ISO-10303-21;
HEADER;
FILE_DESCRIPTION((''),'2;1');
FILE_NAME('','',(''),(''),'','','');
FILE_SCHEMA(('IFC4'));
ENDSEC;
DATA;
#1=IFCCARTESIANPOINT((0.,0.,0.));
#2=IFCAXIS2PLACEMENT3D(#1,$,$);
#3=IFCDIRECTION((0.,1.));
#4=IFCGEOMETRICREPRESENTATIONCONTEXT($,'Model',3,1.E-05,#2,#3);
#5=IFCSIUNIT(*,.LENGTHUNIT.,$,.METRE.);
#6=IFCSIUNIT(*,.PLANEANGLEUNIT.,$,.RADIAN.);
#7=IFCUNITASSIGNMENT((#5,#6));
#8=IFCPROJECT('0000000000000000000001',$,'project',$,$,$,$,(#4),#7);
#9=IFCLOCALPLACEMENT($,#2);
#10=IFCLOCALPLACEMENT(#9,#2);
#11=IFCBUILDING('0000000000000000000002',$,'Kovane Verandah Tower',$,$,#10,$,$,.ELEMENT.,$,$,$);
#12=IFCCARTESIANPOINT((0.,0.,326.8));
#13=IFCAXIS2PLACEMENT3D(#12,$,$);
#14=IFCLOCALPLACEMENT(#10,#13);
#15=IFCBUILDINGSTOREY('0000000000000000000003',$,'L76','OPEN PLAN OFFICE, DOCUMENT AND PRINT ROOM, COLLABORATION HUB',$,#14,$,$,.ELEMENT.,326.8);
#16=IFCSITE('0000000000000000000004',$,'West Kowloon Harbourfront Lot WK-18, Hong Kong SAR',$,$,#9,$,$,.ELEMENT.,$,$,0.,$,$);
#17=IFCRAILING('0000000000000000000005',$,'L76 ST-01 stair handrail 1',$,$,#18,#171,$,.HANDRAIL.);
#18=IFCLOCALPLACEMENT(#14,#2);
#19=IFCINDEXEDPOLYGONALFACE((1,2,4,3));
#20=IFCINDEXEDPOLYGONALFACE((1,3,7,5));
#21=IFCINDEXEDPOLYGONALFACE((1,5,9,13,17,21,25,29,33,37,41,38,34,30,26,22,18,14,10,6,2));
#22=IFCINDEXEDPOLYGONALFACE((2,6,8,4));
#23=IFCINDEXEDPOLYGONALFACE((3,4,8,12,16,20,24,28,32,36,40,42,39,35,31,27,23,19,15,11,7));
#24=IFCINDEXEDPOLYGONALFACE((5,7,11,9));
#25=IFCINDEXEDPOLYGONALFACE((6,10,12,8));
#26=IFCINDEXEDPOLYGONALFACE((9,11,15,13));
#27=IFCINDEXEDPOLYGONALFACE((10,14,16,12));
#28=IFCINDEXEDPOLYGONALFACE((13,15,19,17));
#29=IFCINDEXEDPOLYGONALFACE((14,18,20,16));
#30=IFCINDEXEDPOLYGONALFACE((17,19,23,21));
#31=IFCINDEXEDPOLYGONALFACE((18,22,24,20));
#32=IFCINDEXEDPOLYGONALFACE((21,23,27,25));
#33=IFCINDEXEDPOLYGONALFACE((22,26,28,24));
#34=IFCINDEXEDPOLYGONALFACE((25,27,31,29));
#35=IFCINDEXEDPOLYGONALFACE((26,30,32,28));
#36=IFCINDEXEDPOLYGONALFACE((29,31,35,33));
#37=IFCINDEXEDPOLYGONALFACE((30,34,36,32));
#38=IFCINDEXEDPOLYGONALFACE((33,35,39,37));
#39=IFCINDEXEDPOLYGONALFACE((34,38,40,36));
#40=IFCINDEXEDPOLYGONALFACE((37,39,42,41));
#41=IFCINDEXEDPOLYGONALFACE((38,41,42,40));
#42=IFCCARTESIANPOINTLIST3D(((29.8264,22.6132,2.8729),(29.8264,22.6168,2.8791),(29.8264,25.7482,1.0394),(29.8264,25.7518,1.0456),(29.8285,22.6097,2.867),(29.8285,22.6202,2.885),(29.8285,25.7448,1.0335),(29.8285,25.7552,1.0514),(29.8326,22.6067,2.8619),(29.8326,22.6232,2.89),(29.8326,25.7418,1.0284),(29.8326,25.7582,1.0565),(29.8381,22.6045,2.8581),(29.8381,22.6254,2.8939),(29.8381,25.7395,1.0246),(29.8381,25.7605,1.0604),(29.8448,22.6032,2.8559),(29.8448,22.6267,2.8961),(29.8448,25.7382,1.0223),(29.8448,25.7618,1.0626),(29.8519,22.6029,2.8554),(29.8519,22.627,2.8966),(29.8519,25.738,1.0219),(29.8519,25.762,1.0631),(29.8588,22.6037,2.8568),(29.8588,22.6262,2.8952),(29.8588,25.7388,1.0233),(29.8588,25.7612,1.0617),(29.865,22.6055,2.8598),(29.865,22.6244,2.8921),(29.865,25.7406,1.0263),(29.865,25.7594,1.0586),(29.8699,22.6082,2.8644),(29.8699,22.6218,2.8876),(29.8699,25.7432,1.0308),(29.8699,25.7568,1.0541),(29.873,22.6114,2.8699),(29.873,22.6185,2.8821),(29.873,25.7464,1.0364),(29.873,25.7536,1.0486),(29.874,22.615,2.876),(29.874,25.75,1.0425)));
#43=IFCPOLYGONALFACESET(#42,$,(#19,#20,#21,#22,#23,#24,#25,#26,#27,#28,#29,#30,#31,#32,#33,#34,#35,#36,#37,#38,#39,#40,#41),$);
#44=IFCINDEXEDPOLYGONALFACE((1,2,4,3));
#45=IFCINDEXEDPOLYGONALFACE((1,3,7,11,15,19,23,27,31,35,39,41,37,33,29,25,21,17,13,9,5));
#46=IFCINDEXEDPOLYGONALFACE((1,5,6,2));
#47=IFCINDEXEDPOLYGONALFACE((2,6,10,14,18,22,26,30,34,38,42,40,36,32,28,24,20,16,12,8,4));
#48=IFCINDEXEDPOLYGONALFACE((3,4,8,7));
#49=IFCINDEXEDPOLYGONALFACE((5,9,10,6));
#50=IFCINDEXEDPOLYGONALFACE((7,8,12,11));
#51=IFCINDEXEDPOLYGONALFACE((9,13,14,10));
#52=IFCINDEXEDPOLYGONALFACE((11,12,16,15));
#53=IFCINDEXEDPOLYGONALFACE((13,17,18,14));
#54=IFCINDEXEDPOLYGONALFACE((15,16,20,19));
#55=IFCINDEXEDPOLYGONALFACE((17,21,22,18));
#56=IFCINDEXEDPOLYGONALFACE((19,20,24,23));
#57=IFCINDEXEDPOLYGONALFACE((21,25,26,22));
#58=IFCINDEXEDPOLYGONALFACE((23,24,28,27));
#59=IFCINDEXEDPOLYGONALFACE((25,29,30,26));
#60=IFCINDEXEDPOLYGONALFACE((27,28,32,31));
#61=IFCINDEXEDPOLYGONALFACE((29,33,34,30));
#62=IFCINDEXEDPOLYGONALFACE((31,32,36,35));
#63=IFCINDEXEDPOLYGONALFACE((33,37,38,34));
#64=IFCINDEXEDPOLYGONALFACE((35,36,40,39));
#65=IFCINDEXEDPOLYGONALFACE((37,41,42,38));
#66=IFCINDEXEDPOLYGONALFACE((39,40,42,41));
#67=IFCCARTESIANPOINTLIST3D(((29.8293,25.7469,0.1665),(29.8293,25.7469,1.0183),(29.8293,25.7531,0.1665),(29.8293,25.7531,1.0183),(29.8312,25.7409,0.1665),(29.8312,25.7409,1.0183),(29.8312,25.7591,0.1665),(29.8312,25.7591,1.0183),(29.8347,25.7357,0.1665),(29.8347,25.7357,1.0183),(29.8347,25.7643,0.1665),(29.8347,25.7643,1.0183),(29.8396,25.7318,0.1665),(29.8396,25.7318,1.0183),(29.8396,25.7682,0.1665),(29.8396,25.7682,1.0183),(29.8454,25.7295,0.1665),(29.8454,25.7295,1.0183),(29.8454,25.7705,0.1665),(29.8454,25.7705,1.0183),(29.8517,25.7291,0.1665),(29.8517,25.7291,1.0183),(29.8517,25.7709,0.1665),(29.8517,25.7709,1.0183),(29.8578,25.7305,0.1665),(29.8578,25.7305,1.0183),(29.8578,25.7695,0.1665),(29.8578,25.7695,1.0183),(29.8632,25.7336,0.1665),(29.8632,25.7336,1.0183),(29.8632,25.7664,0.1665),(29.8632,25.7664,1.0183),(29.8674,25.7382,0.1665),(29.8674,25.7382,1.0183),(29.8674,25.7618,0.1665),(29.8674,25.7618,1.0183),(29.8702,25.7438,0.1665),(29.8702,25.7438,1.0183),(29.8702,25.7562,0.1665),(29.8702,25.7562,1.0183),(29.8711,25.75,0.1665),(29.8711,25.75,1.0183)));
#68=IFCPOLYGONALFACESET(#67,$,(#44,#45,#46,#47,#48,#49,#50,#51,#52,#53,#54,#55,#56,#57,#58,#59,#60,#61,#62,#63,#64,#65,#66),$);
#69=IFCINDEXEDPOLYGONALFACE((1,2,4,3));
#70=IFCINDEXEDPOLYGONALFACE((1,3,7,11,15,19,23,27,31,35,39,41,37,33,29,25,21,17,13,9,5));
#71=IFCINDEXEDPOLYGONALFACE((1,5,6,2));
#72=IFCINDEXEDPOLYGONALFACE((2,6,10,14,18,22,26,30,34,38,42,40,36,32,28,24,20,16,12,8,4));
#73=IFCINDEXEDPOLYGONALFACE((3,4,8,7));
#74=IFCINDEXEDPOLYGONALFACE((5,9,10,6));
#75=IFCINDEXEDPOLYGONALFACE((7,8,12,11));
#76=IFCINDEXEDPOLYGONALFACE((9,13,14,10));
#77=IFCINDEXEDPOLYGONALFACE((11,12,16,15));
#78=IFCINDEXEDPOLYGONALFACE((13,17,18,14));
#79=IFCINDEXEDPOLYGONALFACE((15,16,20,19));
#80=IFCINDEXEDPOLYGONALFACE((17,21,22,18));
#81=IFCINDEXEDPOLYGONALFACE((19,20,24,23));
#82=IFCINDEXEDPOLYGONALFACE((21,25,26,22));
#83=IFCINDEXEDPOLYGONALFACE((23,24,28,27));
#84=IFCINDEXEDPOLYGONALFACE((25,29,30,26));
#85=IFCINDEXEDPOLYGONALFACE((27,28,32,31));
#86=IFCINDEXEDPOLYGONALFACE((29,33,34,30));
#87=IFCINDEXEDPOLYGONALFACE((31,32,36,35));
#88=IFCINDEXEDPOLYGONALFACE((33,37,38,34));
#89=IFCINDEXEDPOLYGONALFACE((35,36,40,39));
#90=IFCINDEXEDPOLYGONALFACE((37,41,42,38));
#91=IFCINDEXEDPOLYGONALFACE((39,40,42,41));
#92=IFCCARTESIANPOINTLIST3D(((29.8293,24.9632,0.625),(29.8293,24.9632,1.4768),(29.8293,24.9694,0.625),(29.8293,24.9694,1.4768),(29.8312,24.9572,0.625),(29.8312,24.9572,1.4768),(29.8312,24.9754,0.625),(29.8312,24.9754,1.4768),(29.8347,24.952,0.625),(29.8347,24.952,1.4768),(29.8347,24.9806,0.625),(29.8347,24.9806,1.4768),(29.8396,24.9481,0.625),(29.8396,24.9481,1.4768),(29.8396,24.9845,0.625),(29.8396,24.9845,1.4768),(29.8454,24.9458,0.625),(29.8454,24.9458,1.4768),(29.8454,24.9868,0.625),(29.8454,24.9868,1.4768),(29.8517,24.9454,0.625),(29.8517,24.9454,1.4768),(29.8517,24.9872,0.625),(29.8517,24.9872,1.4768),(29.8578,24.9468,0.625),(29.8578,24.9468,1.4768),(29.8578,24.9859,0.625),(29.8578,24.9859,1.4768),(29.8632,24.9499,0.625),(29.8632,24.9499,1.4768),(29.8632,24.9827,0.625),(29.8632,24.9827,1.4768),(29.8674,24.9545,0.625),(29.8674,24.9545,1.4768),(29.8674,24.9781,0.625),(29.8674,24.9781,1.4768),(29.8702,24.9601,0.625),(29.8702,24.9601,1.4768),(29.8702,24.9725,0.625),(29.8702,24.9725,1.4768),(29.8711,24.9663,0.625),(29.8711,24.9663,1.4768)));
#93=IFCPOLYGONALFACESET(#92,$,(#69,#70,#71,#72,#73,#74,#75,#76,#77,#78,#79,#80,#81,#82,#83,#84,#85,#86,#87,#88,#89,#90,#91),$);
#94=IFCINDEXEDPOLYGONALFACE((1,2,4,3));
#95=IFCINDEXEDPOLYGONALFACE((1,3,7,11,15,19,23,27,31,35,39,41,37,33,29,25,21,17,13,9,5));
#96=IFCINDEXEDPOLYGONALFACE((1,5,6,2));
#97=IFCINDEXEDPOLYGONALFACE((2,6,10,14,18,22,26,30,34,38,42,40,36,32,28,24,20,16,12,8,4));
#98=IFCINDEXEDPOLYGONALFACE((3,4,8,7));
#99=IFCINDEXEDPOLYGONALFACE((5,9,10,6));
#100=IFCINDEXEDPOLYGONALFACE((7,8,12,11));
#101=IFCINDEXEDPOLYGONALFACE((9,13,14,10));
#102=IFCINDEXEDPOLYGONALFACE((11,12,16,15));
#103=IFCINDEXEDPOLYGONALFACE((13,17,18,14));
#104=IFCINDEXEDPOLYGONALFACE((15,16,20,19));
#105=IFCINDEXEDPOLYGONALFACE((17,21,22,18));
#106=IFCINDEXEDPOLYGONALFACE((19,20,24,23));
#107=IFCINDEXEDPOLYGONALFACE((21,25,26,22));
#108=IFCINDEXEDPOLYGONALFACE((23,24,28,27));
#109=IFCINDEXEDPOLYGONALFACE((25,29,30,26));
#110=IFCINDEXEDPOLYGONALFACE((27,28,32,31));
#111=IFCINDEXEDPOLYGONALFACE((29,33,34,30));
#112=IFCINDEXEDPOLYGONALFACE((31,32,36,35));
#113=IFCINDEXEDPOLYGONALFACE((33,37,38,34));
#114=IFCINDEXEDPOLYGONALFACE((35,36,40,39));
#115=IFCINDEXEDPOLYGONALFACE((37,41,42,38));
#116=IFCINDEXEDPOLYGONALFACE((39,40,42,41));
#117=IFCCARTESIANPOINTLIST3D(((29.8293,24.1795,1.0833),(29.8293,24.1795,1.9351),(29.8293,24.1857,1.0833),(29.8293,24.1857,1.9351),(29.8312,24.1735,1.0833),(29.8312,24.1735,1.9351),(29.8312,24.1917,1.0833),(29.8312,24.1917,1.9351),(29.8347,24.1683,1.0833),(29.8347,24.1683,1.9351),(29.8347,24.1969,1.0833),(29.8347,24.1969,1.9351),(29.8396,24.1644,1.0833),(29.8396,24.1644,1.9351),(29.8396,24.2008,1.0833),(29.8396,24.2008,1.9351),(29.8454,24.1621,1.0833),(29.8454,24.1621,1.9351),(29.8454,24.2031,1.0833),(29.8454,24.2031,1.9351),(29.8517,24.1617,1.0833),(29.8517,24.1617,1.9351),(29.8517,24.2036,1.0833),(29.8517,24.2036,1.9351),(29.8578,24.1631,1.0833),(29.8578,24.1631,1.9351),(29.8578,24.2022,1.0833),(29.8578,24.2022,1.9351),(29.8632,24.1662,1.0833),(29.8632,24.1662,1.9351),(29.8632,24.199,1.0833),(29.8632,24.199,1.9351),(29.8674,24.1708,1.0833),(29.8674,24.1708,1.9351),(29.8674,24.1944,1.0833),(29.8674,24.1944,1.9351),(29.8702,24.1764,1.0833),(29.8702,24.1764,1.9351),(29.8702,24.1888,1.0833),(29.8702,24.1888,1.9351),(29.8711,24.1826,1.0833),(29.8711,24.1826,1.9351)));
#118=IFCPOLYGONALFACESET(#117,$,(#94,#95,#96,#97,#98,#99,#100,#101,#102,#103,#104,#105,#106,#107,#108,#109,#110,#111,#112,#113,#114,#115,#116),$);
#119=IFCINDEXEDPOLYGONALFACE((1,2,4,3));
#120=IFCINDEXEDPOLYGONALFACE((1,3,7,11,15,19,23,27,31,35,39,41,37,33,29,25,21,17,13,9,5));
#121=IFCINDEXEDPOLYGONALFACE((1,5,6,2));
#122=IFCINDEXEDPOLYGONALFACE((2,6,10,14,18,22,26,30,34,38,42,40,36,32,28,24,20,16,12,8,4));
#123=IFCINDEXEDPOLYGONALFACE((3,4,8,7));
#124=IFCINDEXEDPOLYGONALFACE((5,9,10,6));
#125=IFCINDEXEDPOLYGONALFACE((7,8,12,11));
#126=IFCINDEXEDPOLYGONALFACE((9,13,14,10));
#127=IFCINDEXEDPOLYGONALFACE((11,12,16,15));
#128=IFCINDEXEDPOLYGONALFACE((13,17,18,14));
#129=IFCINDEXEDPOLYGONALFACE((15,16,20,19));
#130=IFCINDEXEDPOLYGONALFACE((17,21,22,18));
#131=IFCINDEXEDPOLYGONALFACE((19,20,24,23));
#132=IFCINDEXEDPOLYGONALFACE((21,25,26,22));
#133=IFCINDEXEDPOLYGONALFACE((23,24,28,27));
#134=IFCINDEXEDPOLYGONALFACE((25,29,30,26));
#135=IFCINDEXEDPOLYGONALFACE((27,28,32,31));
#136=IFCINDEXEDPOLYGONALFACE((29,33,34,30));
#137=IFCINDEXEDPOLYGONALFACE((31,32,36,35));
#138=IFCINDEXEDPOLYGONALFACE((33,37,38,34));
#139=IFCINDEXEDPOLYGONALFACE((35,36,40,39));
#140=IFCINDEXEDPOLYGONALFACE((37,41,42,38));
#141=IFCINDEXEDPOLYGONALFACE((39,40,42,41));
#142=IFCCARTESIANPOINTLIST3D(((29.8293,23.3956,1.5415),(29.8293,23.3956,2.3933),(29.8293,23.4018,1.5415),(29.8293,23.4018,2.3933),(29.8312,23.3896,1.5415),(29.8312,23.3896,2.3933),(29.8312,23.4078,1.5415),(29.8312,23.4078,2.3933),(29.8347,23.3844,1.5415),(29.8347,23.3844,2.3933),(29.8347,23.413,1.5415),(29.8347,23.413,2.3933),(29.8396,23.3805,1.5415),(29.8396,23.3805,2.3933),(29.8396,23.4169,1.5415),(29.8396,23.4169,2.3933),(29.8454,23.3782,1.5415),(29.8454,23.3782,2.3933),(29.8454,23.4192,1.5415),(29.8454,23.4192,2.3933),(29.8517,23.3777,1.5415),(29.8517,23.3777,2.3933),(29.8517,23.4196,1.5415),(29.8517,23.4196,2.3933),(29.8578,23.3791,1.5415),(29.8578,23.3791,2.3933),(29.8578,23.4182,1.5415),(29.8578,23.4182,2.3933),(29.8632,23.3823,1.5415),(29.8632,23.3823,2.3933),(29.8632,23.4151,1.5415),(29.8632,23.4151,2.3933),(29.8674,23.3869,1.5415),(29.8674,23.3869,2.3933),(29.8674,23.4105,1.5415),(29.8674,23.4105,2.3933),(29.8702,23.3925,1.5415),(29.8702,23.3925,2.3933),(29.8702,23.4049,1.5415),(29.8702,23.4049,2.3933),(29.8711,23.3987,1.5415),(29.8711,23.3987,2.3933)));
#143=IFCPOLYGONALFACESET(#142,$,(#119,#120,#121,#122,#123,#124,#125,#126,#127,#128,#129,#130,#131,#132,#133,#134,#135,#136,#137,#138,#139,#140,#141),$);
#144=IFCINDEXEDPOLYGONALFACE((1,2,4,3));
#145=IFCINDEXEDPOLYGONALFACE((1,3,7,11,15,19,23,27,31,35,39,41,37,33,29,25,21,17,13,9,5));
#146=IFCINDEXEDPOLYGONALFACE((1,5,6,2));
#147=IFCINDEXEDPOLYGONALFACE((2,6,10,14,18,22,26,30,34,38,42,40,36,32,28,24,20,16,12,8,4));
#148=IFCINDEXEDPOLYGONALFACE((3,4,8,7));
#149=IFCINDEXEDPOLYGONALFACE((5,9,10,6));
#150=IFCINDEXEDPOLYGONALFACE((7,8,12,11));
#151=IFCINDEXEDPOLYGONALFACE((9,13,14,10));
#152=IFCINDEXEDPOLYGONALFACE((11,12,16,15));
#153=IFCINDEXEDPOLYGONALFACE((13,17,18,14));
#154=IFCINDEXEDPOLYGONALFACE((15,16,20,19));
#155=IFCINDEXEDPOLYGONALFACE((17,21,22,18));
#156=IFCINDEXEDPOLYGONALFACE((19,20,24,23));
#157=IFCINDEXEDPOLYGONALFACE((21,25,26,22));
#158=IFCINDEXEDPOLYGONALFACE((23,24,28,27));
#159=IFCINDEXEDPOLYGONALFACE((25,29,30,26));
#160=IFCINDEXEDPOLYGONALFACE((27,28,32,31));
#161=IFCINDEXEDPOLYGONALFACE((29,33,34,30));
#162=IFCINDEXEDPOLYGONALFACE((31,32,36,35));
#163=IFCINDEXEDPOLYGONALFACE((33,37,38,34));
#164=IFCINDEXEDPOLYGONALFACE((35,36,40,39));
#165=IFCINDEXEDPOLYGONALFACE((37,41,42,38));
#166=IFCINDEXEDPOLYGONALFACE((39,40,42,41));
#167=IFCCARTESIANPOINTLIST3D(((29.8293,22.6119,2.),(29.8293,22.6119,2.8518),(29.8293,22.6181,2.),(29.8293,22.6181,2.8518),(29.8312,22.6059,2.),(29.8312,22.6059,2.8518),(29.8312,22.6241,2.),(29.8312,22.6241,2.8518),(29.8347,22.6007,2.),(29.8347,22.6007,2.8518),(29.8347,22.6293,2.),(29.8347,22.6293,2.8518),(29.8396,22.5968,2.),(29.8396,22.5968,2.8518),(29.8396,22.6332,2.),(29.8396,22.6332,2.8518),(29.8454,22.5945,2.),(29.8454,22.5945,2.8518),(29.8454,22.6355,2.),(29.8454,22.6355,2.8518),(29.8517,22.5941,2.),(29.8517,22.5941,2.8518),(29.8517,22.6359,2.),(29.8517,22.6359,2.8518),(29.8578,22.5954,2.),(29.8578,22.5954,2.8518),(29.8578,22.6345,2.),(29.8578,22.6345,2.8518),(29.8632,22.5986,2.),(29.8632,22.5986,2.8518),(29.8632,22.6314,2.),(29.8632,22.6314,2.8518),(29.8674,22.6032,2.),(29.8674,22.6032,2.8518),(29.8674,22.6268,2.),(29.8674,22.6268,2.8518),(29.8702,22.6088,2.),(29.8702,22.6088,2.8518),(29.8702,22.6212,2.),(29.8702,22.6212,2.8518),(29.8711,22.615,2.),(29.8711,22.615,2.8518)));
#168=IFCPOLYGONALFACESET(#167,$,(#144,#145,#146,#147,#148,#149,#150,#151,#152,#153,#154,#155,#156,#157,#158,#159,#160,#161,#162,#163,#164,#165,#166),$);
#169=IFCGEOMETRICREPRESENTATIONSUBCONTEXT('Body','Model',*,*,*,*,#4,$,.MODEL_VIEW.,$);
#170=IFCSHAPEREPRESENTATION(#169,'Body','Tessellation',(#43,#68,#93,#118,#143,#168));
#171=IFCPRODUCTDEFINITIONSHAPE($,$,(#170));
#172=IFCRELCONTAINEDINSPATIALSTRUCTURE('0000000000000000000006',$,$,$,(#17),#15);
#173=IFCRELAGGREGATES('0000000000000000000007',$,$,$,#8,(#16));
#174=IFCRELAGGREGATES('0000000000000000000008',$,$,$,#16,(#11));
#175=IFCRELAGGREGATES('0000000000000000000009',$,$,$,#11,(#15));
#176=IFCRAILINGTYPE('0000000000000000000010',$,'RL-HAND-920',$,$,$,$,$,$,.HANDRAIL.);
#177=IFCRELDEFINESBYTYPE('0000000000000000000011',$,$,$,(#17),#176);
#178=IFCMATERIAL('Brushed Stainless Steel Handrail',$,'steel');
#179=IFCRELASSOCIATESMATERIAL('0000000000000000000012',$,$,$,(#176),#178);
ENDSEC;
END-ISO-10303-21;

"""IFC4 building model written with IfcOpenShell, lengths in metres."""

from ifc_helpers import new_model, si_unit, direction, frame, origin, origin_2d, place, context, subcontext, project, spatial, circle, extrude, material, type_object, element, save


model = new_model("IFC4")

# Units and contexts
model_context = context("Model", 3, precision=1e-05, world=origin(), true_north=direction((0.0, 1.0)))
body_context = subcontext(model_context, "Body", "Model", "MODEL_VIEW")
ifc_project = project(units=[si_unit("LENGTHUNIT", "METRE"), si_unit("PLANEANGLEUNIT", "RADIAN")], contexts=[model_context])

# Site, building, storey
site_placement = place(None, origin())
site = spatial("IfcSite", under=ifc_project, at=site_placement, Name="West Kowloon Harbourfront Lot WK-18, Hong Kong SAR", CompositionType="ELEMENT", RefElevation=0.0)
building_placement = place(site_placement, origin())
building = spatial("IfcBuilding", under=site, at=building_placement, Name="Kovane Verandah Tower", CompositionType="ELEMENT")
storey_placement = place(building_placement, frame((0.0, 0.0, 326.8)))
storey = spatial("IfcBuildingStorey", under=building, at=storey_placement, Name="L76", Description="OPEN PLAN OFFICE, DOCUMENT AND PRINT ROOM, COLLABORATION HUB", CompositionType="ELEMENT", Elevation=326.8)

# Railing
ifc_material_1 = material(Name="Brushed Stainless Steel Handrail", Category="steel")
railing_type_1 = type_object("IfcRailingType", Name="RL-HAND-920", PredefinedType="HANDRAIL", material=ifc_material_1)
railing_1_placement = place(storey_placement, frame((29.8501, 25.75, 0.1665)))
element("IfcRailing", 1, at=railing_1_placement, inside=storey, type_object=railing_type_1, Name="L76 ST-01 stair handrail 1", PredefinedType="HANDRAIL", context=body_context, shape_type="SweptSolid", body=[
    extrude(circle(Radius=0.0239, at=origin_2d()), frame((0.0, 0.0, 0.876), z_axis=(0.0, -0.86321, 0.504845), x_axis=(1.0, 0.0, 0.0)), (0.0, 0.0, 1.0), 3.6318),
    extrude(circle(Radius=0.021, at=origin_2d()), origin(), (0.0, 0.0, 1.0), 0.8518),
    extrude(circle(Radius=0.021, at=origin_2d()), frame((0.0, -0.7837, 0.4585)), (0.0, 0.0, 1.0), 0.8518),
    extrude(circle(Radius=0.021, at=origin_2d()), frame((0.0, -1.5674, 0.9167)), (0.0, 0.0, 1.0), 0.8518),
    extrude(circle(Radius=0.021, at=origin_2d()), frame((0.0, -2.3513, 1.375)), (0.0, 0.0, 1.0), 0.8518),
    extrude(circle(Radius=0.021, at=origin_2d()), frame((0.0, -3.135, 1.8335)), (0.0, 0.0, 1.0), 0.8518),
])

save(model, "model.ifc")
